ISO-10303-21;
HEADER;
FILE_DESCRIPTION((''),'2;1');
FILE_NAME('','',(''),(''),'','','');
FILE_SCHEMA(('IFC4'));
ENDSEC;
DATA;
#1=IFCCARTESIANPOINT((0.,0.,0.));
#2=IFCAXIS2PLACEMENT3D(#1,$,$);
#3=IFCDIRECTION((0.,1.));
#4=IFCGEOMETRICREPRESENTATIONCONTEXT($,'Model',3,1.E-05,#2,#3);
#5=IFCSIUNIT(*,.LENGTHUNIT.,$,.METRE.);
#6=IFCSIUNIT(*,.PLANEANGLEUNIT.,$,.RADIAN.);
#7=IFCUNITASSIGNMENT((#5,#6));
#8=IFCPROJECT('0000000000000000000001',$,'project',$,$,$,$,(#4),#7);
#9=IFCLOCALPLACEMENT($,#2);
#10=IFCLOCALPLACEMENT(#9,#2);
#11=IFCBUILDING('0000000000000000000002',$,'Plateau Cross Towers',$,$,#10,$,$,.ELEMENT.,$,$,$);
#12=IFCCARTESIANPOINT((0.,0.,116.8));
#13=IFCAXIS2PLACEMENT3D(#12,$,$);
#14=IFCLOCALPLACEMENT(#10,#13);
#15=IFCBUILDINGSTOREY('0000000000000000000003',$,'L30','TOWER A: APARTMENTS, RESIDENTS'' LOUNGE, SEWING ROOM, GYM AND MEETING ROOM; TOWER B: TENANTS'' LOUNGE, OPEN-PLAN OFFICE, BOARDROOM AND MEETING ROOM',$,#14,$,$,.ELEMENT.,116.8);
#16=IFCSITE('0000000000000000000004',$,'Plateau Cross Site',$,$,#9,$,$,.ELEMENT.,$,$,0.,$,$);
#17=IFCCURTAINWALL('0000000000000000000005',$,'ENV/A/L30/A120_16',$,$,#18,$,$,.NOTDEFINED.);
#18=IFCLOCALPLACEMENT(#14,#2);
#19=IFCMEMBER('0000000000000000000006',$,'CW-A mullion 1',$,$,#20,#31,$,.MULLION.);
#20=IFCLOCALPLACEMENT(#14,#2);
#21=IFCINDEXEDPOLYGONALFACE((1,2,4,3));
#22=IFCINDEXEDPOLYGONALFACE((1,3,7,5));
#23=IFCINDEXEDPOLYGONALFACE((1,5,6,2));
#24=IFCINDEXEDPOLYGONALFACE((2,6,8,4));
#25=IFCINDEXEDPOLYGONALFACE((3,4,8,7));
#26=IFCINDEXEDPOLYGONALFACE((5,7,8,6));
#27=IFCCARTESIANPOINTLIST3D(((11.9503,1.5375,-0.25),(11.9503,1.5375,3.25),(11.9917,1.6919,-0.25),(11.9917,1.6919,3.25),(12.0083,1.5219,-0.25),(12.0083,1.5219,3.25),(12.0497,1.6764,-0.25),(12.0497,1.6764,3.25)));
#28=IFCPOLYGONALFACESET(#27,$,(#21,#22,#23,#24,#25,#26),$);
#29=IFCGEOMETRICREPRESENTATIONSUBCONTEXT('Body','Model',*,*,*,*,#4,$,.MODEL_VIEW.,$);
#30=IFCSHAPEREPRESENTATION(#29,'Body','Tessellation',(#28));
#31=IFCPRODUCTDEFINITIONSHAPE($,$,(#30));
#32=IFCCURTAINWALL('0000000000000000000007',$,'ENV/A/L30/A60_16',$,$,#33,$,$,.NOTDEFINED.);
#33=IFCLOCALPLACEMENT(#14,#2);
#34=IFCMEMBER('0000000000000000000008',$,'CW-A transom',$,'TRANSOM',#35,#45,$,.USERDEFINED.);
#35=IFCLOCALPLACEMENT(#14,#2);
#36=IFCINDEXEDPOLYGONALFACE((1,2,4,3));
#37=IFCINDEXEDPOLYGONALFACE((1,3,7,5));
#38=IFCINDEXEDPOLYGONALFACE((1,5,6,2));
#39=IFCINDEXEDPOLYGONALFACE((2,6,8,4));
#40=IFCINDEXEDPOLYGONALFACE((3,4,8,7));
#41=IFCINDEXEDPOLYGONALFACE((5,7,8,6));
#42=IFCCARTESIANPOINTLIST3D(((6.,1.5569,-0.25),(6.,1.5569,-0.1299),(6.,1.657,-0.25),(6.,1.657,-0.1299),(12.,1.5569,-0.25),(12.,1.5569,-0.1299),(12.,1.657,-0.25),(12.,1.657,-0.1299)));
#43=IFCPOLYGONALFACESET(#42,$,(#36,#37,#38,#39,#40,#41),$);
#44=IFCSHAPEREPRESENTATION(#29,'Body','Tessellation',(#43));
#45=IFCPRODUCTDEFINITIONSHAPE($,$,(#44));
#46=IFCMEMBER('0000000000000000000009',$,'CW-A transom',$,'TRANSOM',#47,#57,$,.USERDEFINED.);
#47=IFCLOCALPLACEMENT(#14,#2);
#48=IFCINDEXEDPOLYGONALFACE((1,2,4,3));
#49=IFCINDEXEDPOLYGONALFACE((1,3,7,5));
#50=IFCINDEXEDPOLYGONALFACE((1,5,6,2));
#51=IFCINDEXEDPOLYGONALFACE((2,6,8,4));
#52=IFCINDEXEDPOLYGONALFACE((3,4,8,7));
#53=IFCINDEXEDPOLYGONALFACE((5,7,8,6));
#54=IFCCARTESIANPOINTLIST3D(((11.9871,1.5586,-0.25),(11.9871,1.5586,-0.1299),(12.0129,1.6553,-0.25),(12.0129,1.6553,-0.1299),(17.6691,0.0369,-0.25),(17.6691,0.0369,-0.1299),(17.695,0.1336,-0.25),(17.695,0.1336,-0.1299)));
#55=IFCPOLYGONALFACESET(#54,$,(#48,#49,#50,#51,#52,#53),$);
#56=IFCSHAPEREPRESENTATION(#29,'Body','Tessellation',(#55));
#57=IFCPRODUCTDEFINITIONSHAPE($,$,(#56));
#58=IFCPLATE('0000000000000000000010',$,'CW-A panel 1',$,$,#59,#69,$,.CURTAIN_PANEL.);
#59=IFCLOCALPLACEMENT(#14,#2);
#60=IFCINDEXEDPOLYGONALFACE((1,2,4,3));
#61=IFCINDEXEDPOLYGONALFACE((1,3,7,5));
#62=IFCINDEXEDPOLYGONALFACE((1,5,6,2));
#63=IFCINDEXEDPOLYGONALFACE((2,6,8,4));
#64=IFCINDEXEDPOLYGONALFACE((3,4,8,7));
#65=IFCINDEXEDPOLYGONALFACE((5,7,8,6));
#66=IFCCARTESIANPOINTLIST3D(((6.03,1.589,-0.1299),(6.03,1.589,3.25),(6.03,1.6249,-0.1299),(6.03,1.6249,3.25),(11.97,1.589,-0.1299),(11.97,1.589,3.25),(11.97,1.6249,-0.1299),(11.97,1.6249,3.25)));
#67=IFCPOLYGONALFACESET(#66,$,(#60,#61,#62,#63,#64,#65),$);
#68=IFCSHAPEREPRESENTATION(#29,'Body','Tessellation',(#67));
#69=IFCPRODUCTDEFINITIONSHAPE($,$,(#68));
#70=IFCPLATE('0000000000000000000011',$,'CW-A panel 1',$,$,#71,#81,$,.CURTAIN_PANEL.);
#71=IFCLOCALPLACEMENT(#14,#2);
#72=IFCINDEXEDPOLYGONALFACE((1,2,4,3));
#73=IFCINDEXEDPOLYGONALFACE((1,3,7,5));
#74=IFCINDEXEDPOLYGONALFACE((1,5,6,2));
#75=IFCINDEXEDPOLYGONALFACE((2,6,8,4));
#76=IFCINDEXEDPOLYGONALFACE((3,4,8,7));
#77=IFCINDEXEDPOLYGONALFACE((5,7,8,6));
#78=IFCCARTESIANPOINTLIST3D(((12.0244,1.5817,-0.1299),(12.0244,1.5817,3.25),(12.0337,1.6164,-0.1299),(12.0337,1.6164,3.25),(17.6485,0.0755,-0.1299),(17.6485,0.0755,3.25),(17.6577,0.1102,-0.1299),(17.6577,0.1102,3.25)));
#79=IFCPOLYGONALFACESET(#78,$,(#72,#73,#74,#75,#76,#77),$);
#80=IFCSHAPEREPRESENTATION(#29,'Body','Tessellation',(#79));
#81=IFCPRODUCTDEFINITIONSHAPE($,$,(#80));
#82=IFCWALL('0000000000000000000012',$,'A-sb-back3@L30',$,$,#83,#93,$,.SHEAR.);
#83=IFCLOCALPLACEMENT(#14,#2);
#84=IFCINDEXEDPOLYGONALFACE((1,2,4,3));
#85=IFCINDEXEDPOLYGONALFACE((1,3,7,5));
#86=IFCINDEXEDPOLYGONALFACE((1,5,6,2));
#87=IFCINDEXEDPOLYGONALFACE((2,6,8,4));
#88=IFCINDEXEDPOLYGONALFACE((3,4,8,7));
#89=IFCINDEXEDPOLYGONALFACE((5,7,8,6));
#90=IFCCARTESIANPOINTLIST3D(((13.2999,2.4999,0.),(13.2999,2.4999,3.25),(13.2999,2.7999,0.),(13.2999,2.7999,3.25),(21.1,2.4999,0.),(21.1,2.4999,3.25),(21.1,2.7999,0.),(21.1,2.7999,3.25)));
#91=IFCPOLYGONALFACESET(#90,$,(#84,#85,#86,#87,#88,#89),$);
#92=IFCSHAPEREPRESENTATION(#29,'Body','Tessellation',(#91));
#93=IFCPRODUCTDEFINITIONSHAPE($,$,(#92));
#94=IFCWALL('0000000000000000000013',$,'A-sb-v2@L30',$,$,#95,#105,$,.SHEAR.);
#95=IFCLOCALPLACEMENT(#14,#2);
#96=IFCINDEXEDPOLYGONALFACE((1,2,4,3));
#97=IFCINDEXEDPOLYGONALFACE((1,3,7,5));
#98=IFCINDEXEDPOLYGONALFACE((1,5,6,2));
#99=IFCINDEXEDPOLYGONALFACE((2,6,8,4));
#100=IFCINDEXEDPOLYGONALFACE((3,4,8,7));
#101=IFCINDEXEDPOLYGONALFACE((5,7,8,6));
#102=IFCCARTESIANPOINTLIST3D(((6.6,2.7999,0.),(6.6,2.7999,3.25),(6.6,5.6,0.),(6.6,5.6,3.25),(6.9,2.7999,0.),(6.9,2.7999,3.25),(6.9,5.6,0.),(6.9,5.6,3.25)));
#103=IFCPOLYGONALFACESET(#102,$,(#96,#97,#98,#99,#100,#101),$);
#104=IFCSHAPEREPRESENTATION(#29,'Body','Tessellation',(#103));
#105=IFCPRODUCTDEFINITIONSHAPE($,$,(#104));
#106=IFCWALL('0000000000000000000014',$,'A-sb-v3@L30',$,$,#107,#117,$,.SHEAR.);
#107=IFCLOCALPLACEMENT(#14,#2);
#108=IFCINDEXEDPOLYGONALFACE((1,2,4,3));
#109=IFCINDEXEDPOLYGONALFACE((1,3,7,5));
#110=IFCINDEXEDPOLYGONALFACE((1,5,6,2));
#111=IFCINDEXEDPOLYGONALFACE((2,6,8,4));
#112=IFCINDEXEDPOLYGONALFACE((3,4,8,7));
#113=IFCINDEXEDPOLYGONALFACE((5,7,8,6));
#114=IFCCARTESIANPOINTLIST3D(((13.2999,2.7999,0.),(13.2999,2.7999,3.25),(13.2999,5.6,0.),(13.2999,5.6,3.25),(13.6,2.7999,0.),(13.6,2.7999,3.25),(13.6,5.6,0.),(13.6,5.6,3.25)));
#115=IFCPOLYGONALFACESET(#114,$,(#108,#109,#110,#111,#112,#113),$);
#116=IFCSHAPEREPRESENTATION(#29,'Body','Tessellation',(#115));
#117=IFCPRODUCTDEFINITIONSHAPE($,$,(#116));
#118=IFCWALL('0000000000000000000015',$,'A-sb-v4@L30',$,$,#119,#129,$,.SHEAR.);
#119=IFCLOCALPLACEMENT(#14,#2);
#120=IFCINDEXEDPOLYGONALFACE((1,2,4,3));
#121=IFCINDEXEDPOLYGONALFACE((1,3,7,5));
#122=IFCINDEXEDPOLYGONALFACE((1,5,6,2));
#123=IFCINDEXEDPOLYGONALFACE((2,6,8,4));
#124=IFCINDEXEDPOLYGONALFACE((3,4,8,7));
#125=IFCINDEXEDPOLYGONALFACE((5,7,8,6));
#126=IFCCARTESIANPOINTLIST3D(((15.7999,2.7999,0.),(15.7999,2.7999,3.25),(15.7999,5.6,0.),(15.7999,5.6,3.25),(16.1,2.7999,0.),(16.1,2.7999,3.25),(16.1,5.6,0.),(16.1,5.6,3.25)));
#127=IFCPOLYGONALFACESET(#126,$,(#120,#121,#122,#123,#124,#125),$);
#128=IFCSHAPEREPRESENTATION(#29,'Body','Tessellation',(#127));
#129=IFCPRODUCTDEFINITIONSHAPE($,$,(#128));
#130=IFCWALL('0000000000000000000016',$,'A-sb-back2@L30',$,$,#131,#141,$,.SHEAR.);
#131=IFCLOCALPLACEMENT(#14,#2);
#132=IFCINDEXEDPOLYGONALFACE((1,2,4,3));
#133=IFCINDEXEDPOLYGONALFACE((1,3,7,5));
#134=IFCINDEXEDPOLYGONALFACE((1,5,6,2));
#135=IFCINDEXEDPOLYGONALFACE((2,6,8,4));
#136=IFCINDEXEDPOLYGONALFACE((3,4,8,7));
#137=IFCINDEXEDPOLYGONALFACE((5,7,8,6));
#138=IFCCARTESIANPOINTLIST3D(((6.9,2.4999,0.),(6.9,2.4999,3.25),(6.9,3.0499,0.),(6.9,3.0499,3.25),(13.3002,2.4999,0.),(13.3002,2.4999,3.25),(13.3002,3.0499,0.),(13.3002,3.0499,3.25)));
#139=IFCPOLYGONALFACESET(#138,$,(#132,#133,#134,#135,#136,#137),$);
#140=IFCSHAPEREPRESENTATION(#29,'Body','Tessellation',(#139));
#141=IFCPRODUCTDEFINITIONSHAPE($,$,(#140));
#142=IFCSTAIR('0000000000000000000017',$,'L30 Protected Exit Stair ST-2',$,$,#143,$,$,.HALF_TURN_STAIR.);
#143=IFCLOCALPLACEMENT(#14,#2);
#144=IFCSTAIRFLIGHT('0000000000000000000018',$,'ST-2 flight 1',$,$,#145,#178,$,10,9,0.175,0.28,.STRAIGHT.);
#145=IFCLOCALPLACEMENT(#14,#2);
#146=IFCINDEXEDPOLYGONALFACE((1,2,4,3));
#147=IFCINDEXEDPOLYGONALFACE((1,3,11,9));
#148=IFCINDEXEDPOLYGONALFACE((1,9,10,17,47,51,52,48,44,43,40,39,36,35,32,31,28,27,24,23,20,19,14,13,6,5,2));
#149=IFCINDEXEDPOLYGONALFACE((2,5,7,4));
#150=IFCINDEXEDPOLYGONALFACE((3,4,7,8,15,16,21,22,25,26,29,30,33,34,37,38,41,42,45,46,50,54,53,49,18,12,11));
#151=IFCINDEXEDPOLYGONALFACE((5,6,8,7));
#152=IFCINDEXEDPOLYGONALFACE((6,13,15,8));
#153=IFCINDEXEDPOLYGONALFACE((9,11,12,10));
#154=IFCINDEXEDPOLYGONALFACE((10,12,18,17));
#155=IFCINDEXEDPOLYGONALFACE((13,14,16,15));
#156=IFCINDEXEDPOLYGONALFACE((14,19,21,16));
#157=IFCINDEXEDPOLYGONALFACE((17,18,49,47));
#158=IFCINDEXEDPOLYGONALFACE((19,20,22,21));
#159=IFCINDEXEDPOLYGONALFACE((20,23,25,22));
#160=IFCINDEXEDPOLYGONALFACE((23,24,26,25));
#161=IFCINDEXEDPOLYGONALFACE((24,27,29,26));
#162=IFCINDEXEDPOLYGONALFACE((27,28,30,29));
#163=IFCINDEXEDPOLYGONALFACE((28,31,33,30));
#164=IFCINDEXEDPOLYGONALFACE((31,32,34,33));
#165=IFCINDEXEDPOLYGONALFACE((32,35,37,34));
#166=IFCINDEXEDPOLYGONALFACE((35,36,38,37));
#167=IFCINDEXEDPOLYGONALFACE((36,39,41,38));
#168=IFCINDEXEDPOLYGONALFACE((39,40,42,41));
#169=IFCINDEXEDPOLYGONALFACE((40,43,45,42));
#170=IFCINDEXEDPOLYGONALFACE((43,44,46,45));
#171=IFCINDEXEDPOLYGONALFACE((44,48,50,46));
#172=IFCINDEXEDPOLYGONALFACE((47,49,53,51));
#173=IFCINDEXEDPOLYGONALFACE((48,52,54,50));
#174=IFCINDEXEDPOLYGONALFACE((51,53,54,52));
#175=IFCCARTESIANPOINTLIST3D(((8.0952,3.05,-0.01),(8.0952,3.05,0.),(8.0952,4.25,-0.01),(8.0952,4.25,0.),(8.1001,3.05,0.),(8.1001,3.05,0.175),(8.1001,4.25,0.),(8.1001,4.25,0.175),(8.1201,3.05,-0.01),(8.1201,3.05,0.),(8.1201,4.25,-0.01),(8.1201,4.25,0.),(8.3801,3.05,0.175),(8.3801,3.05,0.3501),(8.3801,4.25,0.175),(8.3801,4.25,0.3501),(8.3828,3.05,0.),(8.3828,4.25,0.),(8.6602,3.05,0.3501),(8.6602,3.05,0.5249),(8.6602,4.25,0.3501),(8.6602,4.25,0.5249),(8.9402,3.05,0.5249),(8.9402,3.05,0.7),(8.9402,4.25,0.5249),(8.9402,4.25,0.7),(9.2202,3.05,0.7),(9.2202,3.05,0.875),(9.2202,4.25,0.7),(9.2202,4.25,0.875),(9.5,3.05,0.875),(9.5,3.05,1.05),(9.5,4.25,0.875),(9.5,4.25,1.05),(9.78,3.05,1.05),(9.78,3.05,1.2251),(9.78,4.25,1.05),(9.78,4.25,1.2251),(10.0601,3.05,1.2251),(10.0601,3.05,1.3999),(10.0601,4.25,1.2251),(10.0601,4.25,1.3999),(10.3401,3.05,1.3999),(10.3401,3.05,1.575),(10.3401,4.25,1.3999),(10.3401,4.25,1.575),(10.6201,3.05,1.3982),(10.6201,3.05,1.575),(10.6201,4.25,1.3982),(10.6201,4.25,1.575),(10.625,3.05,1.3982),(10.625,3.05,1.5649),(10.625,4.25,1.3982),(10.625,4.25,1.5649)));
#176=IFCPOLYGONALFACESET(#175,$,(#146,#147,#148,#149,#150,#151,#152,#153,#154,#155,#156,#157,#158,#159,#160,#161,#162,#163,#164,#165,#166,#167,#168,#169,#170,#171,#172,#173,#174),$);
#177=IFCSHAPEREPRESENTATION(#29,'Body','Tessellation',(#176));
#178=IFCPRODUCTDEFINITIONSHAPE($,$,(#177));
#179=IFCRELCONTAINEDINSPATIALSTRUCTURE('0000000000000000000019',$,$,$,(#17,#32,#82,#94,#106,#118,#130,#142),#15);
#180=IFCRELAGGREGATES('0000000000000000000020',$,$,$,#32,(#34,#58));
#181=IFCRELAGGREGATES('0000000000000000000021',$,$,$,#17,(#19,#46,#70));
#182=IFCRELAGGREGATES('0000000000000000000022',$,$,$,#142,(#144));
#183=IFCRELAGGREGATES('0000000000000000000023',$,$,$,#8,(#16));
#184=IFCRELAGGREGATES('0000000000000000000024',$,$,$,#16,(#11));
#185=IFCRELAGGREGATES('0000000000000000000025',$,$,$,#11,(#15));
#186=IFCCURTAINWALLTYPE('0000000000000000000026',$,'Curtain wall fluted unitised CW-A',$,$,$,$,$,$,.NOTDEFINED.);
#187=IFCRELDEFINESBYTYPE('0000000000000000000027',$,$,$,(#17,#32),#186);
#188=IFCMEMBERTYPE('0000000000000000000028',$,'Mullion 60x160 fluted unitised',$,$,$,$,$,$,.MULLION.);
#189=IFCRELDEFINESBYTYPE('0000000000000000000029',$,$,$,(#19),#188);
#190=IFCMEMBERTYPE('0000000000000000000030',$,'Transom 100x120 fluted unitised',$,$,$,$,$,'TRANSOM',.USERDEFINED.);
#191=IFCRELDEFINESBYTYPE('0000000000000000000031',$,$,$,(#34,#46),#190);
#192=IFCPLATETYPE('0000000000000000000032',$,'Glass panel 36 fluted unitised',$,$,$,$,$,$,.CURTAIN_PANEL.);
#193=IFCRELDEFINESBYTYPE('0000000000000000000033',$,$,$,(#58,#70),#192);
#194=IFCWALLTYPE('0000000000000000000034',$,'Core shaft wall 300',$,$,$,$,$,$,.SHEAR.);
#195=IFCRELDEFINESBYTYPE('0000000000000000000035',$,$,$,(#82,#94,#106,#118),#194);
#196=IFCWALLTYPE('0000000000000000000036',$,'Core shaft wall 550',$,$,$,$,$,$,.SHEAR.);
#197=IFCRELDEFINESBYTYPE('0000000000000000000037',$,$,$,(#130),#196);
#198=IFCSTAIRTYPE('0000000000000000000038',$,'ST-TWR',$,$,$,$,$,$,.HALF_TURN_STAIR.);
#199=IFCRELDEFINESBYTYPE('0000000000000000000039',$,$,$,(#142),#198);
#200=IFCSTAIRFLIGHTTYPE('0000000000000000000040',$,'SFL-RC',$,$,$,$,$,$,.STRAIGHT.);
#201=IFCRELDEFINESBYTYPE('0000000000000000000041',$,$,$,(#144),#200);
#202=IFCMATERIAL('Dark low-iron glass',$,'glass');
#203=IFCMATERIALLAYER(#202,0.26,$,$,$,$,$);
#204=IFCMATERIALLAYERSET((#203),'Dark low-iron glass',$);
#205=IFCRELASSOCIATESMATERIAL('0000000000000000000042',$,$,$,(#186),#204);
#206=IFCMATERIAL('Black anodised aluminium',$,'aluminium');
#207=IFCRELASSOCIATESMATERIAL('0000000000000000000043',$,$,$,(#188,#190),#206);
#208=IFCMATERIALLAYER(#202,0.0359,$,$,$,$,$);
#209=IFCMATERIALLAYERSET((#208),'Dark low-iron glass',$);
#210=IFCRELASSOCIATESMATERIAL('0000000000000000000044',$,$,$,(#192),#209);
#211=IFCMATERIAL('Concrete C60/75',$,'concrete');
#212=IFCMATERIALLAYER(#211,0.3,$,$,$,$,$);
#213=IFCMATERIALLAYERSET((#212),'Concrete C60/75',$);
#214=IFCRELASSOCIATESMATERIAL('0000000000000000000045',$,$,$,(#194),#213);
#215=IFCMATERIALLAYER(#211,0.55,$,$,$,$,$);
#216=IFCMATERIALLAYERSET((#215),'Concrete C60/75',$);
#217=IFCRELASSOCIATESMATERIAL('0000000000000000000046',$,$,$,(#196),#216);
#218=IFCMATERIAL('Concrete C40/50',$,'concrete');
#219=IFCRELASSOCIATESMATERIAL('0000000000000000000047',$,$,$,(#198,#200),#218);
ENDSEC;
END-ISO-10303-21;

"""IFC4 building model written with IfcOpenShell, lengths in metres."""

from ifc_helpers import new_model, si_unit, direction, frame, frame_2d, origin, origin_2d, place, context, subcontext, project, spatial, polyline, rectangle, outline, extrude, material, layer, layer_set, material_profile, profile_set, type_object, element, aggregate, save


model = new_model("IFC4")

# Units and contexts
model_context = context("Model", 3, precision=1e-05, world=origin(), true_north=direction((0.0, 1.0)))
body_context = subcontext(model_context, "Body", "Model", "MODEL_VIEW")
ifc_project = project(units=[si_unit("LENGTHUNIT", "METRE"), si_unit("PLANEANGLEUNIT", "RADIAN")], contexts=[model_context])

# Site, building, storey
site_placement = place(None, origin())
site = spatial("IfcSite", under=ifc_project, at=site_placement, Name="Plateau Cross Site", CompositionType="ELEMENT", RefElevation=0.0)
building_placement = place(site_placement, origin())
building = spatial("IfcBuilding", under=site, at=building_placement, Name="Plateau Cross Towers", CompositionType="ELEMENT")
storey_placement = place(building_placement, frame((0.0, 0.0, 116.8)))
storey = spatial("IfcBuildingStorey", under=building, at=storey_placement, Name="L30", Description="TOWER A: APARTMENTS, RESIDENTS' LOUNGE, SEWING ROOM, GYM AND MEETING ROOM; TOWER B: TENANTS' LOUNGE, OPEN-PLAN OFFICE, BOARDROOM AND MEETING ROOM", CompositionType="ELEMENT", Elevation=116.8)

# Curtain walls, members
ifc_material_1 = material(Name="Dark low-iron glass", Category="glass")
ifc_layer_1 = layer(ifc_material_1, 0.26)
ifc_layer_set_1 = layer_set([ifc_layer_1], Name="Dark low-iron glass")
curtain_wall_type = type_object("IfcCurtainWallType", Name="Curtain wall fluted unitised CW-A", PredefinedType="NOTDEFINED", material=ifc_layer_set_1)
curtain_wall_1_placement = place(storey_placement, origin())
curtain_wall_1 = element("IfcCurtainWall", 1, at=curtain_wall_1_placement, inside=storey, type_object=curtain_wall_type, Name="ENV/A/L30/A120_16", PredefinedType="NOTDEFINED")
ifc_material_2 = material(Name="Black anodised aluminium", Category="aluminium")
ifc_material_profile_1 = material_profile(ifc_material_2, rectangle(XDim=0.0601, YDim=0.1599, at=origin_2d()), Name="MULLION 60x160")
ifc_profile_set_1 = profile_set([ifc_material_profile_1], Name="Black anodised aluminium")
member_type_1 = type_object("IfcMemberType", Name="Mullion 60x160 fluted unitised", PredefinedType="MULLION", material=ifc_profile_set_1)
member_1_placement = place(storey_placement, frame((12.0, 1.6069, -0.25), z_axis=(0.0, 0.0, 1.0), x_axis=(0.965958, -0.258699, 0.0)))
member_1 = element("IfcMember", 2, at=member_1_placement, type_object=member_type_1, Name="CW-A mullion 1", PredefinedType="MULLION", context=body_context, shape_type="SweptSolid", body=[
    extrude(rectangle(XDim=0.0601, YDim=0.1599, at=origin_2d()), origin(), (0.0, 0.0, 1.0), 3.5),
])
curtain_wall_2_placement = place(storey_placement, origin())
curtain_wall_2 = element("IfcCurtainWall", 3, at=curtain_wall_2_placement, inside=storey, type_object=curtain_wall_type, Name="ENV/A/L30/A60_16", PredefinedType="NOTDEFINED")
ifc_material_profile_2 = material_profile(ifc_material_2, rectangle(XDim=0.1001, YDim=0.1201, at=origin_2d()), Name="TRANSOM 100x120")
ifc_profile_set_2 = profile_set([ifc_material_profile_2], Name="Black anodised aluminium")
member_type_2 = type_object("IfcMemberType", Name="Transom 100x120 fluted unitised", ElementType="TRANSOM", PredefinedType="USERDEFINED", material=ifc_profile_set_2)
member_2_placement = place(storey_placement, frame((6.0, 1.6069, -0.1899), z_axis=(1.0, 0.0, 0.0), x_axis=(0.0, 1.0, 0.0)))
member_2 = element("IfcMember", 4, at=member_2_placement, type_object=member_type_2, Name="CW-A transom", ObjectType="TRANSOM", PredefinedType="USERDEFINED", context=body_context, shape_type="SweptSolid", body=[
    extrude(rectangle(XDim=0.1001, YDim=0.1201, at=origin_2d()), origin(), (0.0, 0.0, 1.0), 6.0),
])

# Member
member_3_placement = place(storey_placement, frame((12.0, 1.6069, -0.1899), z_axis=(0.96596, -0.258693, 0.0), x_axis=(0.258693, 0.96596, 0.0)))
member_3 = element("IfcMember", 5, at=member_3_placement, type_object=member_type_2, Name="CW-A transom", ObjectType="TRANSOM", PredefinedType="USERDEFINED", context=body_context, shape_type="SweptSolid", body=[
    extrude(rectangle(XDim=0.1001, YDim=0.1201, at=origin_2d()), origin(), (0.0, 0.0, 1.0), 5.8823),
])

# Plates
ifc_layer_2 = layer(ifc_material_1, 0.0359)
ifc_layer_set_2 = layer_set([ifc_layer_2], Name="Dark low-iron glass")
plate_type = type_object("IfcPlateType", Name="Glass panel 36 fluted unitised", PredefinedType="CURTAIN_PANEL", material=ifc_layer_set_2)
plate_1_placement = place(storey_placement, frame((9.0, 1.6069, -0.1299), z_axis=(0.0, 0.0, 1.0), x_axis=(1.0, 0.0, 0.0)))
plate_1 = element("IfcPlate", 6, at=plate_1_placement, type_object=plate_type, Name="CW-A panel 1", PredefinedType="CURTAIN_PANEL", context=body_context, shape_type="SweptSolid", body=[
    extrude(rectangle(XDim=5.9399, YDim=0.0359, at=origin_2d()), origin(), (0.0, 0.0, 1.0), 3.3799),
])
aggregate(curtain_wall_2, [member_2, plate_1])
plate_2_placement = place(storey_placement, frame((14.8411, 0.8459, -0.1299), z_axis=(0.0, 0.0, 1.0), x_axis=(0.965958, -0.258699, 0.0)))
plate_2 = element("IfcPlate", 7, at=plate_2_placement, type_object=plate_type, Name="CW-A panel 1", PredefinedType="CURTAIN_PANEL", context=body_context, shape_type="SweptSolid", body=[
    extrude(rectangle(XDim=5.8223, YDim=0.0359, at=origin_2d()), origin(), (0.0, 0.0, 1.0), 3.3799),
])
aggregate(curtain_wall_1, [member_1, member_3, plate_2])

# Walls
ifc_material_3 = material(Name="Concrete C60/75", Category="concrete")
ifc_layer_3 = layer(ifc_material_3, 0.3)
ifc_layer_set_3 = layer_set([ifc_layer_3], Name="Concrete C60/75")
wall_type_1 = type_object("IfcWallType", Name="Core shaft wall 300", PredefinedType="SHEAR", material=ifc_layer_set_3)
wall_1_placement = place(storey_placement, frame((13.3, 2.6499, 0.0), z_axis=(0.0, 0.0, 1.0), x_axis=(1.0, 0.0, 0.0)))
element("IfcWall", 8, at=wall_1_placement, inside=storey, type_object=wall_type_1, Name="A-sb-back3@L30", PredefinedType="SHEAR", context=body_context, shape_type="SweptSolid", body=[
    extrude(rectangle(XDim=7.8, YDim=0.3, at=frame_2d((3.8999, 0.0))), origin(), (0.0, 0.0, 1.0), 3.25),
])
for number, where, z_axis, x_axis, name in (
    (9, (6.75, 2.8, 0.0), (0.0, 0.0, 1.0), (0.0, 1.0, 0.0), "A-sb-v2@L30"),
    (10, (13.45, 2.8, 0.0), (0.0, 0.0, 1.0), (0.0, 1.0, 0.0), "A-sb-v3@L30"),
    (11, (15.95, 2.8, 0.0), (0.0, 0.0, 1.0), (0.0, 1.0, 0.0), "A-sb-v4@L30"),
):
    element("IfcWall", number, at=place(storey_placement, frame(where, z_axis=z_axis, x_axis=x_axis)), inside=storey, type_object=wall_type_1, Name=name, PredefinedType="SHEAR", context=body_context, shape_type="SweptSolid", body=[
        extrude(rectangle(XDim=2.8, YDim=0.3, at=frame_2d((1.3999, 0.0))), origin(), (0.0, 0.0, 1.0), 3.25),
    ])
ifc_layer_4 = layer(ifc_material_3, 0.55)
ifc_layer_set_4 = layer_set([ifc_layer_4], Name="Concrete C60/75")
wall_type_2 = type_object("IfcWallType", Name="Core shaft wall 550", PredefinedType="SHEAR", material=ifc_layer_set_4)
wall_2_placement = place(storey_placement, frame((6.8999, 2.7749, 0.0), z_axis=(0.0, 0.0, 1.0), x_axis=(1.0, 0.0, 0.0)))
element("IfcWall", 12, at=wall_2_placement, inside=storey, type_object=wall_type_2, Name="A-sb-back2@L30", PredefinedType="SHEAR", context=body_context, shape_type="SweptSolid", body=[
    extrude(rectangle(XDim=6.4001, YDim=0.55, at=frame_2d((3.2002, 0.0))), origin(), (0.0, 0.0, 1.0), 3.25),
])

# Stair, stair flight
ifc_material_4 = material(Name="Concrete C40/50", Category="concrete")
stair_type = type_object("IfcStairType", Name="ST-TWR", PredefinedType="HALF_TURN_STAIR", material=ifc_material_4)
stair_placement = place(storey_placement, origin())
stair = element("IfcStair", 13, at=stair_placement, inside=storey, type_object=stair_type, Name="L30 Protected Exit Stair ST-2", PredefinedType="HALF_TURN_STAIR")
stair_flight_type = type_object("IfcStairFlightType", Name="SFL-RC", PredefinedType="STRAIGHT", material=ifc_material_4)
stair_flight_placement = place(storey_placement, frame((8.1001, 3.6499, 0.0), z_axis=(0.0, 0.0, 1.0), x_axis=(1.0, 0.0, 0.0)))
stair_flight = element("IfcStairFlight", 14, at=stair_flight_placement, type_object=stair_flight_type, Name="ST-2 flight 1", NumberOfRisers=10, NumberOfTreads=9, PredefinedType="STRAIGHT", RiserHeight=0.175, TreadLength=0.28, context=body_context, shape_type="SweptSolid", body=[
    extrude(outline(polyline([(-0.0049, -0.01), (-0.0049, 0.0), (0.0, 0.0), (0.0, 0.175), (0.28, 0.175), (0.28, 0.3501), (0.5601, 0.3501), (0.5601, 0.5249), (0.8401, 0.5249), (0.8401, 0.7), (1.1201, 0.7), (1.1201, 0.875), (1.3999, 0.875), (1.3999, 1.05), (1.6799, 1.05), (1.6799, 1.2251), (1.96, 1.2251), (1.96, 1.3999), (2.24, 1.3999), (2.24, 1.575), (2.52, 1.575), (2.5249, 1.5649), (2.5249, 1.3982), (2.52, 1.3982), (0.2827, 0.0), (0.02, 0.0), (0.02, -0.01), (-0.0049, -0.01)])), frame((0.0, 0.6001, 0.0), z_axis=(0.0, -1.0, 0.0), x_axis=(1.0, 0.0, 0.0)), (0.0, 0.0, 1.0), 1.2),
])
aggregate(stair, [stair_flight])

save(model, "model.ifc")
